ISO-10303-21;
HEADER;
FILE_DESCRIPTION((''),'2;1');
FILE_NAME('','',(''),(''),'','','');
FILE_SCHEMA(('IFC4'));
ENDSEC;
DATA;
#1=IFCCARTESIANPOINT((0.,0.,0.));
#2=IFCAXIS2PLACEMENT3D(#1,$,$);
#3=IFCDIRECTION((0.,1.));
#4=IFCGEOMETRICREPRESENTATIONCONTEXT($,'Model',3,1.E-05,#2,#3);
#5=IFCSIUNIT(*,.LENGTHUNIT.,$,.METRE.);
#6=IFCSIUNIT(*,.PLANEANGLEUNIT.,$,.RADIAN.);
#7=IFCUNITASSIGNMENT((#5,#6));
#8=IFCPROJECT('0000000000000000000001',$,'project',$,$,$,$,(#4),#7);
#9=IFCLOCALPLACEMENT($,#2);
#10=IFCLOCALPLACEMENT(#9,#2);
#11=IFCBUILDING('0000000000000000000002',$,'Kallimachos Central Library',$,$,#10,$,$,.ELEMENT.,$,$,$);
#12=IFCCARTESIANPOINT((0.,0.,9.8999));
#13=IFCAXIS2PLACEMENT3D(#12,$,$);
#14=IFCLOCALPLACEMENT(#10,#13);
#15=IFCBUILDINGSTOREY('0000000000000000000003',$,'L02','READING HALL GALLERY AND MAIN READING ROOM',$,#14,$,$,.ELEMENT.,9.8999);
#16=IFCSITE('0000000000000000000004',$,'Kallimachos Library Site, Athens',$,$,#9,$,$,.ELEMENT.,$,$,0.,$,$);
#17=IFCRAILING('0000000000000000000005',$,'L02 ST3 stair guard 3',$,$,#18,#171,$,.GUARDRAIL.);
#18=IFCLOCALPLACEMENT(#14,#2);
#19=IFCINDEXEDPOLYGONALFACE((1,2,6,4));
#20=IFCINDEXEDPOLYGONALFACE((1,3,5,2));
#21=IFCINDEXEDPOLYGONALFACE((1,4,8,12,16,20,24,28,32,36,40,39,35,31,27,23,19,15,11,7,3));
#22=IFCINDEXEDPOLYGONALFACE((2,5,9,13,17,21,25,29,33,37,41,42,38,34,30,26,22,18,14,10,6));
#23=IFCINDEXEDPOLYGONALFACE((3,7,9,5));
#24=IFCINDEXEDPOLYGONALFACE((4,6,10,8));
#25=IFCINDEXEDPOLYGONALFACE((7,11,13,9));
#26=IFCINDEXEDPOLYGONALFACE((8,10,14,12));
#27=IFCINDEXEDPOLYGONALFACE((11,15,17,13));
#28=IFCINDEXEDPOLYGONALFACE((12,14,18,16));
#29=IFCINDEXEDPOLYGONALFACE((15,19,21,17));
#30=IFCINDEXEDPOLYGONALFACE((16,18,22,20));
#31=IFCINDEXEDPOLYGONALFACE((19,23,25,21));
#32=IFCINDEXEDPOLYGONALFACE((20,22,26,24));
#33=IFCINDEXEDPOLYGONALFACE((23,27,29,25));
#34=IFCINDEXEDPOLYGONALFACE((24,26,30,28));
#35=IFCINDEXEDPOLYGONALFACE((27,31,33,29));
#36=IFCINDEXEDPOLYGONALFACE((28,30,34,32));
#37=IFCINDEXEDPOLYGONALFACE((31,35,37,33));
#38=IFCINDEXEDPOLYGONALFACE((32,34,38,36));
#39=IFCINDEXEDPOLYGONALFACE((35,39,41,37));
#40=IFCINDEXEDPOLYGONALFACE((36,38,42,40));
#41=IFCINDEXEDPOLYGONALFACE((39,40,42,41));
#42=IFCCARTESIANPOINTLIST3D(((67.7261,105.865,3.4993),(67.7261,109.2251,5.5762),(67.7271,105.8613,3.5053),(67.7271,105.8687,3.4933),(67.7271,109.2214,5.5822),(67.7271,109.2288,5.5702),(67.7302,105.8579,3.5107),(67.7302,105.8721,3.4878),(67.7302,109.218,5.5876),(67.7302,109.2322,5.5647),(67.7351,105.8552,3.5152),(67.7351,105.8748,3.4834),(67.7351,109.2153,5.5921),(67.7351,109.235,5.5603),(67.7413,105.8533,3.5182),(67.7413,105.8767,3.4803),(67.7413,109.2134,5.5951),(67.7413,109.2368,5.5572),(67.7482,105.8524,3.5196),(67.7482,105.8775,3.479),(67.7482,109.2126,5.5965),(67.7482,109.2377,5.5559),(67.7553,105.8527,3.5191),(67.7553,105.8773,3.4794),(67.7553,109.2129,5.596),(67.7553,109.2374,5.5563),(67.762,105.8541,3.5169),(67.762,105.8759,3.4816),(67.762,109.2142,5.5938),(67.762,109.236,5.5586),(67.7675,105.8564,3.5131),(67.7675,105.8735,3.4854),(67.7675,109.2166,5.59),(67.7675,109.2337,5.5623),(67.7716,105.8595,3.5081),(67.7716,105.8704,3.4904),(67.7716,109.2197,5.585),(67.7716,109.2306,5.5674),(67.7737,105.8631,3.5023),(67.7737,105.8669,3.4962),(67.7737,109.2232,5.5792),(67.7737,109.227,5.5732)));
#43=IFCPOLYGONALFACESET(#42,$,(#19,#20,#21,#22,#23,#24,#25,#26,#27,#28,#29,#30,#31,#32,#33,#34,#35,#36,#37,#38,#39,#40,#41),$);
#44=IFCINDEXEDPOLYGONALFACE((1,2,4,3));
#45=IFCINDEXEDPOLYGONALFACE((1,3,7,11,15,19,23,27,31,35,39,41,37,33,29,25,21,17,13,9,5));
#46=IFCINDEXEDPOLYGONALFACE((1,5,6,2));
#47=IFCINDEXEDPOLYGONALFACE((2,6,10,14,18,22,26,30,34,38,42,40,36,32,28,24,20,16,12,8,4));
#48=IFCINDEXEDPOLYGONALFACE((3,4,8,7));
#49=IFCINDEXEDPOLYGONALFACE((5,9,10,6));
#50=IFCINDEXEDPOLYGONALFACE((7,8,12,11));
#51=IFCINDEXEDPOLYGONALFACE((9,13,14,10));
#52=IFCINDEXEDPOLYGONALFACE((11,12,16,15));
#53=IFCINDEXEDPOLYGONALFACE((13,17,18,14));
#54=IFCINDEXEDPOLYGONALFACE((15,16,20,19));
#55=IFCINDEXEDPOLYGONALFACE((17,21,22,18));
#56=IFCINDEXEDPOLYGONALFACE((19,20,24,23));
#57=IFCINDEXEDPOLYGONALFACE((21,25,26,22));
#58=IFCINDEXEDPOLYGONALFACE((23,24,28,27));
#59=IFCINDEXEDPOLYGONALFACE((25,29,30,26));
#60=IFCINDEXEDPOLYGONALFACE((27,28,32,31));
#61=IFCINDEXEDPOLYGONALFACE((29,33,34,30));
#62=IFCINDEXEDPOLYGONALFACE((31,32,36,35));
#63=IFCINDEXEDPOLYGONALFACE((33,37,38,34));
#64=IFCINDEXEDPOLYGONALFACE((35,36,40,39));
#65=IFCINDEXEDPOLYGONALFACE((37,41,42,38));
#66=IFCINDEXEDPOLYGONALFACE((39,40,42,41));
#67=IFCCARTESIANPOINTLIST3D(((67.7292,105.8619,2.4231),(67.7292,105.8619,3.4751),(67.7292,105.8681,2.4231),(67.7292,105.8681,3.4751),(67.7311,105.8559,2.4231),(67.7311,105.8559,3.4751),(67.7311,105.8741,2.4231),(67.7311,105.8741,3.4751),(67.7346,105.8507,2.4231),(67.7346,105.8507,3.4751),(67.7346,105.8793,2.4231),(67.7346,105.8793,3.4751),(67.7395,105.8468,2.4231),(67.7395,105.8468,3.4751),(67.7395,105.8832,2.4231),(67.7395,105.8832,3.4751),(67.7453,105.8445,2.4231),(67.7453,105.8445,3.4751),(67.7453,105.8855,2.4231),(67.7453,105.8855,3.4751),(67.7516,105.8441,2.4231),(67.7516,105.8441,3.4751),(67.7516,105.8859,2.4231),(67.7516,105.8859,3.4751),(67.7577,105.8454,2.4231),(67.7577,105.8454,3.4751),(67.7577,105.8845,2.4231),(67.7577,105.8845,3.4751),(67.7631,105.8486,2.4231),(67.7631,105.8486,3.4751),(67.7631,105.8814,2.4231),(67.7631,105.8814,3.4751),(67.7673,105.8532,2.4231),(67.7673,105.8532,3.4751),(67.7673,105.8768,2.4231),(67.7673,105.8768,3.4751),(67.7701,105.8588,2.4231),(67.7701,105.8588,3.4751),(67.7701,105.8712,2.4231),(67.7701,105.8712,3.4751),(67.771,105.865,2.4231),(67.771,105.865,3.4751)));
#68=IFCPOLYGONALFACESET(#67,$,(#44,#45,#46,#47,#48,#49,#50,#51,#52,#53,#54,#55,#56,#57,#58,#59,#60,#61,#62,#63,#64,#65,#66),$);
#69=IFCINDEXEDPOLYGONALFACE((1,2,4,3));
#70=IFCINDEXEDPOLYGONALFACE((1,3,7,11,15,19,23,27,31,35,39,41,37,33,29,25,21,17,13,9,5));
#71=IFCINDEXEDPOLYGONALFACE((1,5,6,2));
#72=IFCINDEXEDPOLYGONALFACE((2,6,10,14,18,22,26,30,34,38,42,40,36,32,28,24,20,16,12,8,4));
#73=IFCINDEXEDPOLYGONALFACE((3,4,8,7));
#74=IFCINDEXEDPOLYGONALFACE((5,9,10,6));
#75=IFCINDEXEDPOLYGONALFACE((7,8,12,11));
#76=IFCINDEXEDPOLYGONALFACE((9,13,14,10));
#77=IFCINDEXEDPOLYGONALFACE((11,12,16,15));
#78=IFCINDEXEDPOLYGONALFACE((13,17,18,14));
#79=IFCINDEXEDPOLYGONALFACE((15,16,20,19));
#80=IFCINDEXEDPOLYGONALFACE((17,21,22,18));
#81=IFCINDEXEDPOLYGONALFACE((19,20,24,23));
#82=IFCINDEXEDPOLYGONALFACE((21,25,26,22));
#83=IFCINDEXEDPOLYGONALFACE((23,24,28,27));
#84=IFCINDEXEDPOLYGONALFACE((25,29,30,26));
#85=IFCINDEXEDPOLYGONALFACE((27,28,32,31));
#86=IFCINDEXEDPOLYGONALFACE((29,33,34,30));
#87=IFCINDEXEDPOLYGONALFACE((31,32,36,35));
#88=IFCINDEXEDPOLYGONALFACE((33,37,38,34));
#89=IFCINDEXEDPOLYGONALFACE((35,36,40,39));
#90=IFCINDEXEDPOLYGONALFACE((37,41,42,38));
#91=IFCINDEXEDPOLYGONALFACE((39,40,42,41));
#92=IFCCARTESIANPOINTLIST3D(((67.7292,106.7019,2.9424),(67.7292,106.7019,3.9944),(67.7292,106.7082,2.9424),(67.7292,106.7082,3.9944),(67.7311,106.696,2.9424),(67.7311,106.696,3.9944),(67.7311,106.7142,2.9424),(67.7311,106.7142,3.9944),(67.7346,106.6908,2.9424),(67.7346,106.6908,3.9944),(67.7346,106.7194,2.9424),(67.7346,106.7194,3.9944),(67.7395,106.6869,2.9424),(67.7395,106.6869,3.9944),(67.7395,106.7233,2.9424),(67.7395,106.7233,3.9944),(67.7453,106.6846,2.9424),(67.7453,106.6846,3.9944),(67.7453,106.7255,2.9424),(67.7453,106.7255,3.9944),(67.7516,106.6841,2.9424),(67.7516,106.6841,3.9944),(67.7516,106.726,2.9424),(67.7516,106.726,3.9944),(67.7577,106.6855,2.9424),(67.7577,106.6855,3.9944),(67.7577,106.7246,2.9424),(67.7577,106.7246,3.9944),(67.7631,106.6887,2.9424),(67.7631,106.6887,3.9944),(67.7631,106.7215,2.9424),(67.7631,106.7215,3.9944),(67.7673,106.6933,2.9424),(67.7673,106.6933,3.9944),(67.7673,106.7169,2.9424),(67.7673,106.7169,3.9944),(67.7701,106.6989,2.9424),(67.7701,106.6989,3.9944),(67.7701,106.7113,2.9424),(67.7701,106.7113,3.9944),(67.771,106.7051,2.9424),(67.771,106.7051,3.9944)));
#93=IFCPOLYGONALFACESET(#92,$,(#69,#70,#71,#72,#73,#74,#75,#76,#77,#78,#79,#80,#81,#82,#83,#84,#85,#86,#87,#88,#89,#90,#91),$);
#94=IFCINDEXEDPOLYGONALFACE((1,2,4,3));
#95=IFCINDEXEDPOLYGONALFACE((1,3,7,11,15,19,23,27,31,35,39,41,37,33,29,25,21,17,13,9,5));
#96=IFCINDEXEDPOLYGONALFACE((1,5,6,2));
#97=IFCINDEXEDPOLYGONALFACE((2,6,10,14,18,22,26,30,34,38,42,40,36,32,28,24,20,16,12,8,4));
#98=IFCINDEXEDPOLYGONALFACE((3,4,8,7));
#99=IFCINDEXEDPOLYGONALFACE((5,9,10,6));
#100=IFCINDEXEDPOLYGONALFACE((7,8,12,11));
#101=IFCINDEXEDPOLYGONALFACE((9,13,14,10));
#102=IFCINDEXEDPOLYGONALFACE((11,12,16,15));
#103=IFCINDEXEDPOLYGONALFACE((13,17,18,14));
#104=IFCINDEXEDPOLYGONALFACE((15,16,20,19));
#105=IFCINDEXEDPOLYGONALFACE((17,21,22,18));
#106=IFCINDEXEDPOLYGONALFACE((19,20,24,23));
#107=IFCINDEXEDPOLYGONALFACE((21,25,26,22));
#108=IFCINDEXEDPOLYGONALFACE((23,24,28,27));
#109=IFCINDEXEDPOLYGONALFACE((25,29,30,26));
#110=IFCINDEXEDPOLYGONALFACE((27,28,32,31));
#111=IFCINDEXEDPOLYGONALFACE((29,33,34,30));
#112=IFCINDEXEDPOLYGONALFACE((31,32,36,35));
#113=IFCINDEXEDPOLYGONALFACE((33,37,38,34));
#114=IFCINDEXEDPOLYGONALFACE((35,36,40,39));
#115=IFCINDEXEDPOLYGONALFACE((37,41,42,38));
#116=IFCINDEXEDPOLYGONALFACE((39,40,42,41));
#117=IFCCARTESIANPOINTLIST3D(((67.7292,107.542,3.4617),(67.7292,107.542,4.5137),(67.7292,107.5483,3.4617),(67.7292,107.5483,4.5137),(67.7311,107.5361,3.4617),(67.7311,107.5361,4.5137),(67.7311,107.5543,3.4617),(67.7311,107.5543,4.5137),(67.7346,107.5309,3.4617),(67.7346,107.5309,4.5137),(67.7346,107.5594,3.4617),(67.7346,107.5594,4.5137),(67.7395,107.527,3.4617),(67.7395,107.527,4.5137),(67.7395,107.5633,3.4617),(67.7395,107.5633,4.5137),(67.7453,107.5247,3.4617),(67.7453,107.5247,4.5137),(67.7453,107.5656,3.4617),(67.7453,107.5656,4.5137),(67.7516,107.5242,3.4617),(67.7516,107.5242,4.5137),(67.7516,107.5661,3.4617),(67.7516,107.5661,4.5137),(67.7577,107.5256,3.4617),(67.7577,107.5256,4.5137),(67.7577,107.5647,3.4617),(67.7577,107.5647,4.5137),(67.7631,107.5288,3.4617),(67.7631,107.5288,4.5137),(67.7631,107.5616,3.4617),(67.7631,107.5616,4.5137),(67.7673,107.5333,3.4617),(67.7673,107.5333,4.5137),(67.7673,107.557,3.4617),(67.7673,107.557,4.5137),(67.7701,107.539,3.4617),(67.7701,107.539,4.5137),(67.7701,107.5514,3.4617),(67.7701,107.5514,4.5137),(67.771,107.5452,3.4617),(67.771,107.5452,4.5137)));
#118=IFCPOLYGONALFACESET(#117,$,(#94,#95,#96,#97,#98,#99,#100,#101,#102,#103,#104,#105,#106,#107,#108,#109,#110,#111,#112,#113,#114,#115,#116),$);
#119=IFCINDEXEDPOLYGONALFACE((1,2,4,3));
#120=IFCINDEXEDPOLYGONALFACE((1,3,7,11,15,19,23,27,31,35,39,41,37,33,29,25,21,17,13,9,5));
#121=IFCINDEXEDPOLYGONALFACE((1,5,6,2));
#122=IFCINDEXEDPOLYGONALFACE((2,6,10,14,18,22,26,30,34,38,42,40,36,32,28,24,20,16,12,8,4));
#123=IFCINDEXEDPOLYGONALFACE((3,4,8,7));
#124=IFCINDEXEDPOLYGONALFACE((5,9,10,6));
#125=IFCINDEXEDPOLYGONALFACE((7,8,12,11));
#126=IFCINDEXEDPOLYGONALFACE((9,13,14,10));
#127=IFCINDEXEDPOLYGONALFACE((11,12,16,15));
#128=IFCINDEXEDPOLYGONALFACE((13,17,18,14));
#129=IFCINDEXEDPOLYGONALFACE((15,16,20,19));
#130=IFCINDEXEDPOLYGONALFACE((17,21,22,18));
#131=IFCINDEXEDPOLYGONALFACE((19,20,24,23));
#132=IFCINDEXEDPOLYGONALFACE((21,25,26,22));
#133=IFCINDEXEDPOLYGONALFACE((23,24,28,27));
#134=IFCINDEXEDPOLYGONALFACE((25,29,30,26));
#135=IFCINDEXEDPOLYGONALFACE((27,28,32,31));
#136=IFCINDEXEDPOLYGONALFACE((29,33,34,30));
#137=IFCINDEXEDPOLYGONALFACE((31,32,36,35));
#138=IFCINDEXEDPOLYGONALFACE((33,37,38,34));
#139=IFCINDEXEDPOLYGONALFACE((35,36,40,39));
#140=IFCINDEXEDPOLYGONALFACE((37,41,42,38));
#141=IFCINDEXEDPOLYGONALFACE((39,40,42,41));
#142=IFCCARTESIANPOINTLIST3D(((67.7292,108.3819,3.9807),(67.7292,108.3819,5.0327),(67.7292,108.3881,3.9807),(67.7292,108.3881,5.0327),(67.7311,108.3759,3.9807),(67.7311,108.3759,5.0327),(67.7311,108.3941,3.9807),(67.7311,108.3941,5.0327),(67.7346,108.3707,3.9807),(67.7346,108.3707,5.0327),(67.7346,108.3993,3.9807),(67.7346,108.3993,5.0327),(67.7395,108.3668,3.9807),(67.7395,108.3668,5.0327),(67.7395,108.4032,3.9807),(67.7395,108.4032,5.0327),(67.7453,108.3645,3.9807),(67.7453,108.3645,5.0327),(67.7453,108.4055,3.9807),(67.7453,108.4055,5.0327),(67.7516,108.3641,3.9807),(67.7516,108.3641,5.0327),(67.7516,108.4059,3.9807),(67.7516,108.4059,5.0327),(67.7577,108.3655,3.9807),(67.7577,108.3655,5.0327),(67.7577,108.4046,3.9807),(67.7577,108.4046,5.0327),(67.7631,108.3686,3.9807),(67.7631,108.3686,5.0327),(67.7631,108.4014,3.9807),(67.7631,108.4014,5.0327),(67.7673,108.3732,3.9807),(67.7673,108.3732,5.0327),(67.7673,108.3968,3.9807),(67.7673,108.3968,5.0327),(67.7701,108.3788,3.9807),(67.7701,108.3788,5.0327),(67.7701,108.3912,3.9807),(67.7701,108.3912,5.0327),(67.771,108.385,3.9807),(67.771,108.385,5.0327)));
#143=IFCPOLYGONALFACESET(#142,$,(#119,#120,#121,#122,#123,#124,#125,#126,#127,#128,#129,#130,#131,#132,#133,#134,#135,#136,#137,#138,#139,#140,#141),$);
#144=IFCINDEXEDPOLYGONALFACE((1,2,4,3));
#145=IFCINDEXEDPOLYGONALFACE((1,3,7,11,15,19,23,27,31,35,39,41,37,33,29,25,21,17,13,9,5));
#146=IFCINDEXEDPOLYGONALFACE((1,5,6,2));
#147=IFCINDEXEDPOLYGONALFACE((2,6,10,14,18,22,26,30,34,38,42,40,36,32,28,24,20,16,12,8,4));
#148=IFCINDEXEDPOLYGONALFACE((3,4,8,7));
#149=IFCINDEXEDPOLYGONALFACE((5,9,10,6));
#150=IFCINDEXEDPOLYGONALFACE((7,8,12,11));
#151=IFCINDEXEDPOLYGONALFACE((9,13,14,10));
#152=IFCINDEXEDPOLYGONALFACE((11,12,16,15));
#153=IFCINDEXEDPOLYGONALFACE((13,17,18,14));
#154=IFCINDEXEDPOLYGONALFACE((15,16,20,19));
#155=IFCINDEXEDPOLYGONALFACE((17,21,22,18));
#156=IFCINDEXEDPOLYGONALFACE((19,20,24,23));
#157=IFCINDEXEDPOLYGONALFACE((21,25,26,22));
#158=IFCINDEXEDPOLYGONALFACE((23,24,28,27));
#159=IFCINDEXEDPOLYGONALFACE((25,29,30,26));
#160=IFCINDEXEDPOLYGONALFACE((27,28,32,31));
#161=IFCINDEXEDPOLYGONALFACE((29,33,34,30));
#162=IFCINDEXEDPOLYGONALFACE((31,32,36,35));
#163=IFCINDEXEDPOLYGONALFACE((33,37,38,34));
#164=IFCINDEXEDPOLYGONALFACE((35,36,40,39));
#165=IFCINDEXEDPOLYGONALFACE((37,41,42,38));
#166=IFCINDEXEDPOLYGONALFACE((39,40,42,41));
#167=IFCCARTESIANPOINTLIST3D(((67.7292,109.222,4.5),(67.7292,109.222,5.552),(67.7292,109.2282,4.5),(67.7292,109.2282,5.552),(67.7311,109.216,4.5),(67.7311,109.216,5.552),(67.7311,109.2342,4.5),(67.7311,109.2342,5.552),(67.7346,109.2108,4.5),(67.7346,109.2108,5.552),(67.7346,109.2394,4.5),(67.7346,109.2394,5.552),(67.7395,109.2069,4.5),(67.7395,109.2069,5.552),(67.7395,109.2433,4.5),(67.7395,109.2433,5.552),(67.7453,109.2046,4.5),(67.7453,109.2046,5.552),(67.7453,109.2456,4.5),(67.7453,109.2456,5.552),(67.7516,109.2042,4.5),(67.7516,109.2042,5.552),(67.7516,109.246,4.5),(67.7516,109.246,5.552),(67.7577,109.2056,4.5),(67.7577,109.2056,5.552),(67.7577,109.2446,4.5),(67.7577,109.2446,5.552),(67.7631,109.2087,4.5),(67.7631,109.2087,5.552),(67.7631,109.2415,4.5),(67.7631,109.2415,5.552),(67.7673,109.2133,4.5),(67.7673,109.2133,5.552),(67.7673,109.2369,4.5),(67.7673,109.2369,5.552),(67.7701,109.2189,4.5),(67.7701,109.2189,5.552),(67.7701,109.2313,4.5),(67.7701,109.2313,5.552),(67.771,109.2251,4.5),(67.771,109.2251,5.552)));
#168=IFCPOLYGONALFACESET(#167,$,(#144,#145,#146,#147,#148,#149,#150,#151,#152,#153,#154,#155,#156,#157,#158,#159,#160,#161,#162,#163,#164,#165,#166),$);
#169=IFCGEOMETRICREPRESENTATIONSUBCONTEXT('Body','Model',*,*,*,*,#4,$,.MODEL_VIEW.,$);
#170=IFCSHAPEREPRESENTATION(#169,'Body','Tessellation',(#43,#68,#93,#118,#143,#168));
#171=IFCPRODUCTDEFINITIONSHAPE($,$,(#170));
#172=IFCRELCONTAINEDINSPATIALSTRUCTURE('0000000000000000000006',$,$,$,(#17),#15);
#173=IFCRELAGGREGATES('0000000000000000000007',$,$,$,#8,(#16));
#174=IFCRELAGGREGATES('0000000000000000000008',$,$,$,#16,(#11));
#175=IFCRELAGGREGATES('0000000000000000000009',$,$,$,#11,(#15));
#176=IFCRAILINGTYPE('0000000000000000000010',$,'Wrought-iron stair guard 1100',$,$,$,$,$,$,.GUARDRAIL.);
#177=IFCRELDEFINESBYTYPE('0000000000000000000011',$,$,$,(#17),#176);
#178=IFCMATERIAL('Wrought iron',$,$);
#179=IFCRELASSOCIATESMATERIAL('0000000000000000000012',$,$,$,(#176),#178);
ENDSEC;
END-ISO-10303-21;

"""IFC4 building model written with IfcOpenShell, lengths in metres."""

from ifc_helpers import new_model, si_unit, direction, frame, origin, origin_2d, place, context, subcontext, project, spatial, circle, extrude, material, type_object, element, save


model = new_model("IFC4")

# Units and contexts
model_context = context("Model", 3, precision=1e-05, world=origin(), true_north=direction((0.0, 1.0)))
body_context = subcontext(model_context, "Body", "Model", "MODEL_VIEW")
ifc_project = project(units=[si_unit("LENGTHUNIT", "METRE"), si_unit("PLANEANGLEUNIT", "RADIAN")], contexts=[model_context])

# Site, building, storey
site_placement = place(None, origin())
site = spatial("IfcSite", under=ifc_project, at=site_placement, Name="Kallimachos Library Site, Athens", CompositionType="ELEMENT", RefElevation=0.0)
building_placement = place(site_placement, origin())
building = spatial("IfcBuilding", under=site, at=building_placement, Name="Kallimachos Central Library", CompositionType="ELEMENT")
storey_placement = place(building_placement, frame((0.0, 0.0, 9.8999)))
storey = spatial("IfcBuildingStorey", under=building, at=storey_placement, Name="L02", Description="READING HALL GALLERY AND MAIN READING ROOM", CompositionType="ELEMENT", Elevation=9.8999)

# Railing
ifc_material_1 = material(Name="Wrought iron")
railing_type_1 = type_object("IfcRailingType", Name="Wrought-iron stair guard 1100", PredefinedType="GUARDRAIL", material=ifc_material_1)
railing_1_placement = place(storey_placement, frame((67.75, 105.865, 2.4231)))
element("IfcRailing", 1, at=railing_1_placement, inside=storey, type_object=railing_type_1, Name="L02 ST3 stair guard 3", PredefinedType="GUARDRAIL", context=body_context, shape_type="SweptSolid", body=[
    extrude(circle(Radius=0.0239, at=origin_2d()), frame((0.0, 0.0, 1.0762), z_axis=(0.0, 0.850623, 0.525776), x_axis=(-1.0, 0.0, 0.0)), (0.0, 0.0, 1.0), 3.9502),
    extrude(circle(Radius=0.021, at=origin_2d()), origin(), (0.0, 0.0, 1.0), 1.052),
    extrude(circle(Radius=0.021, at=origin_2d()), frame((0.0, 0.8401, 0.5193)), (0.0, 0.0, 1.0), 1.052),
    extrude(circle(Radius=0.021, at=origin_2d()), frame((0.0, 1.6802, 1.0386)), (0.0, 0.0, 1.0), 1.052),
    extrude(circle(Radius=0.021, at=origin_2d()), frame((0.0, 2.52, 1.5576)), (0.0, 0.0, 1.0), 1.052),
    extrude(circle(Radius=0.021, at=origin_2d()), frame((0.0, 3.3601, 2.0769)), (0.0, 0.0, 1.0), 1.052),
])

save(model, "model.ifc")
